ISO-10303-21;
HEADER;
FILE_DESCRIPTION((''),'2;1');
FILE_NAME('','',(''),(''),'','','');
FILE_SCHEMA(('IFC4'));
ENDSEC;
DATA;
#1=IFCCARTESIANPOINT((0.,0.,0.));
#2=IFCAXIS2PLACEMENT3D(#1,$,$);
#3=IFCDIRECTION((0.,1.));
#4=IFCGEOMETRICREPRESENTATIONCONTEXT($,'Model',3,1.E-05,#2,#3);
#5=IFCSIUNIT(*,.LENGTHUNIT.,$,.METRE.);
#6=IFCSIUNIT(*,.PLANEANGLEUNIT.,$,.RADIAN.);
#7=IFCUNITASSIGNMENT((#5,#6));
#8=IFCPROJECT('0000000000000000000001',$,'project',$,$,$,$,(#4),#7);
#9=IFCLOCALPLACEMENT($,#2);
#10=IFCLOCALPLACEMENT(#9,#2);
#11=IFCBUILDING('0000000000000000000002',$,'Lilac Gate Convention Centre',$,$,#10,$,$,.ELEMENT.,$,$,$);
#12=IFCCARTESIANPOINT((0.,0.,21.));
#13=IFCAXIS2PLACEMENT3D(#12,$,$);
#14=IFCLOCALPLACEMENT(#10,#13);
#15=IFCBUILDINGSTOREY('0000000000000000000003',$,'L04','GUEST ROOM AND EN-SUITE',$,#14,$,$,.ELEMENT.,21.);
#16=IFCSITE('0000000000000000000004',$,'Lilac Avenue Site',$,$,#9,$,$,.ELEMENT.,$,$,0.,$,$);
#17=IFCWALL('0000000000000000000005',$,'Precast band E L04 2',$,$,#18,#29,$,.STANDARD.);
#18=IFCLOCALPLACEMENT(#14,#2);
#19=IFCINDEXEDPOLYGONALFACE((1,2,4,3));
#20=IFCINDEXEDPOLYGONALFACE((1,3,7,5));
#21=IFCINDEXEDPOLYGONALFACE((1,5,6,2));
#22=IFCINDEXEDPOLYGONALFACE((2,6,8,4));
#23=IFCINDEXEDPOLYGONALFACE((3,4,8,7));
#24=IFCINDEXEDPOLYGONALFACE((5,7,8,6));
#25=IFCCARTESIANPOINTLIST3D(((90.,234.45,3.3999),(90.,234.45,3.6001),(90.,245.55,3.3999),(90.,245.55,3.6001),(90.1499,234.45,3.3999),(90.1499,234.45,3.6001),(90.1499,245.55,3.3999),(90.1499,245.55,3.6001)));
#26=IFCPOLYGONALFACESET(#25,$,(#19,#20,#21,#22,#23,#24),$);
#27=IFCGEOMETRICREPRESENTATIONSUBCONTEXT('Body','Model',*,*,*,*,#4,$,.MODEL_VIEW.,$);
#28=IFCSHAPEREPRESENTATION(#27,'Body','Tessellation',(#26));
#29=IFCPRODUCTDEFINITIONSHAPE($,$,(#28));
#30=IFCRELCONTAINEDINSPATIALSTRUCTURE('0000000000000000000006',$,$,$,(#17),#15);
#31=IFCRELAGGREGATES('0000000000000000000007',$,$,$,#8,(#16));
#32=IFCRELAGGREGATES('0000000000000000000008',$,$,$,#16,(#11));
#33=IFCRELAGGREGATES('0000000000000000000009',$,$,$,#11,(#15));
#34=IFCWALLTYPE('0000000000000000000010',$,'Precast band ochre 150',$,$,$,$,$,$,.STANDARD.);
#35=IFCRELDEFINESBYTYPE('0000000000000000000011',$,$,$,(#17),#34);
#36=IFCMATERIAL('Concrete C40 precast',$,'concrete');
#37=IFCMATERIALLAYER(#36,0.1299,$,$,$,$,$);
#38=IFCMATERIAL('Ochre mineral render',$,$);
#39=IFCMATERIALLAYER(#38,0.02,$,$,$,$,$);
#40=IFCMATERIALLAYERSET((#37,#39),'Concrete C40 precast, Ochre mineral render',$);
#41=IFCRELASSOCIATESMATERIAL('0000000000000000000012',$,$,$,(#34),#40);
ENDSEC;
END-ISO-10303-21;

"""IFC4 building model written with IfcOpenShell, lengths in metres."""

from ifc_helpers import new_model, si_unit, direction, frame, frame_2d, origin, place, context, subcontext, project, spatial, rectangle, extrude, material, layer, layer_set, type_object, element, save


model = new_model("IFC4")

# Units and contexts
model_context = context("Model", 3, precision=1e-05, world=origin(), true_north=direction((0.0, 1.0)))
body_context = subcontext(model_context, "Body", "Model", "MODEL_VIEW")
ifc_project = project(units=[si_unit("LENGTHUNIT", "METRE"), si_unit("PLANEANGLEUNIT", "RADIAN")], contexts=[model_context])

# Site, building, storey
site_placement = place(None, origin())
site = spatial("IfcSite", under=ifc_project, at=site_placement, Name="Lilac Avenue Site", CompositionType="ELEMENT", RefElevation=0.0)
building_placement = place(site_placement, origin())
building = spatial("IfcBuilding", under=site, at=building_placement, Name="Lilac Gate Convention Centre", CompositionType="ELEMENT")
storey_placement = place(building_placement, frame((0.0, 0.0, 21.0)))
storey = spatial("IfcBuildingStorey", under=building, at=storey_placement, Name="L04", Description="GUEST ROOM AND EN-SUITE", CompositionType="ELEMENT", Elevation=21.0)

# Wall
ifc_material_1 = material(Name="Concrete C40 precast", Category="concrete")
ifc_layer_1 = layer(ifc_material_1, 0.1299)
ifc_material_2 = material(Name="Ochre mineral render")
ifc_layer_2 = layer(ifc_material_2, 0.02)
ifc_layer_set_1 = layer_set([ifc_layer_1, ifc_layer_2], Name="Concrete C40 precast, Ochre mineral render")
wall_type_1 = type_object("IfcWallType", Name="Precast band ochre 150", PredefinedType="STANDARD", material=ifc_layer_set_1)
wall_1_placement = place(storey_placement, frame((90.075, 234.45, 3.3999), z_axis=(0.0, 0.0, 1.0), x_axis=(0.0, 1.0, 0.0)))
element("IfcWall", 1, at=wall_1_placement, inside=storey, type_object=wall_type_1, Name="Precast band E L04 2", PredefinedType="STANDARD", context=body_context, shape_type="SweptSolid", body=[
    extrude(rectangle(XDim=11.1001, YDim=0.1499, at=frame_2d((5.55, 0.0))), origin(), (0.0, 0.0, 1.0), 0.2002),
])

save(model, "model.ifc")
